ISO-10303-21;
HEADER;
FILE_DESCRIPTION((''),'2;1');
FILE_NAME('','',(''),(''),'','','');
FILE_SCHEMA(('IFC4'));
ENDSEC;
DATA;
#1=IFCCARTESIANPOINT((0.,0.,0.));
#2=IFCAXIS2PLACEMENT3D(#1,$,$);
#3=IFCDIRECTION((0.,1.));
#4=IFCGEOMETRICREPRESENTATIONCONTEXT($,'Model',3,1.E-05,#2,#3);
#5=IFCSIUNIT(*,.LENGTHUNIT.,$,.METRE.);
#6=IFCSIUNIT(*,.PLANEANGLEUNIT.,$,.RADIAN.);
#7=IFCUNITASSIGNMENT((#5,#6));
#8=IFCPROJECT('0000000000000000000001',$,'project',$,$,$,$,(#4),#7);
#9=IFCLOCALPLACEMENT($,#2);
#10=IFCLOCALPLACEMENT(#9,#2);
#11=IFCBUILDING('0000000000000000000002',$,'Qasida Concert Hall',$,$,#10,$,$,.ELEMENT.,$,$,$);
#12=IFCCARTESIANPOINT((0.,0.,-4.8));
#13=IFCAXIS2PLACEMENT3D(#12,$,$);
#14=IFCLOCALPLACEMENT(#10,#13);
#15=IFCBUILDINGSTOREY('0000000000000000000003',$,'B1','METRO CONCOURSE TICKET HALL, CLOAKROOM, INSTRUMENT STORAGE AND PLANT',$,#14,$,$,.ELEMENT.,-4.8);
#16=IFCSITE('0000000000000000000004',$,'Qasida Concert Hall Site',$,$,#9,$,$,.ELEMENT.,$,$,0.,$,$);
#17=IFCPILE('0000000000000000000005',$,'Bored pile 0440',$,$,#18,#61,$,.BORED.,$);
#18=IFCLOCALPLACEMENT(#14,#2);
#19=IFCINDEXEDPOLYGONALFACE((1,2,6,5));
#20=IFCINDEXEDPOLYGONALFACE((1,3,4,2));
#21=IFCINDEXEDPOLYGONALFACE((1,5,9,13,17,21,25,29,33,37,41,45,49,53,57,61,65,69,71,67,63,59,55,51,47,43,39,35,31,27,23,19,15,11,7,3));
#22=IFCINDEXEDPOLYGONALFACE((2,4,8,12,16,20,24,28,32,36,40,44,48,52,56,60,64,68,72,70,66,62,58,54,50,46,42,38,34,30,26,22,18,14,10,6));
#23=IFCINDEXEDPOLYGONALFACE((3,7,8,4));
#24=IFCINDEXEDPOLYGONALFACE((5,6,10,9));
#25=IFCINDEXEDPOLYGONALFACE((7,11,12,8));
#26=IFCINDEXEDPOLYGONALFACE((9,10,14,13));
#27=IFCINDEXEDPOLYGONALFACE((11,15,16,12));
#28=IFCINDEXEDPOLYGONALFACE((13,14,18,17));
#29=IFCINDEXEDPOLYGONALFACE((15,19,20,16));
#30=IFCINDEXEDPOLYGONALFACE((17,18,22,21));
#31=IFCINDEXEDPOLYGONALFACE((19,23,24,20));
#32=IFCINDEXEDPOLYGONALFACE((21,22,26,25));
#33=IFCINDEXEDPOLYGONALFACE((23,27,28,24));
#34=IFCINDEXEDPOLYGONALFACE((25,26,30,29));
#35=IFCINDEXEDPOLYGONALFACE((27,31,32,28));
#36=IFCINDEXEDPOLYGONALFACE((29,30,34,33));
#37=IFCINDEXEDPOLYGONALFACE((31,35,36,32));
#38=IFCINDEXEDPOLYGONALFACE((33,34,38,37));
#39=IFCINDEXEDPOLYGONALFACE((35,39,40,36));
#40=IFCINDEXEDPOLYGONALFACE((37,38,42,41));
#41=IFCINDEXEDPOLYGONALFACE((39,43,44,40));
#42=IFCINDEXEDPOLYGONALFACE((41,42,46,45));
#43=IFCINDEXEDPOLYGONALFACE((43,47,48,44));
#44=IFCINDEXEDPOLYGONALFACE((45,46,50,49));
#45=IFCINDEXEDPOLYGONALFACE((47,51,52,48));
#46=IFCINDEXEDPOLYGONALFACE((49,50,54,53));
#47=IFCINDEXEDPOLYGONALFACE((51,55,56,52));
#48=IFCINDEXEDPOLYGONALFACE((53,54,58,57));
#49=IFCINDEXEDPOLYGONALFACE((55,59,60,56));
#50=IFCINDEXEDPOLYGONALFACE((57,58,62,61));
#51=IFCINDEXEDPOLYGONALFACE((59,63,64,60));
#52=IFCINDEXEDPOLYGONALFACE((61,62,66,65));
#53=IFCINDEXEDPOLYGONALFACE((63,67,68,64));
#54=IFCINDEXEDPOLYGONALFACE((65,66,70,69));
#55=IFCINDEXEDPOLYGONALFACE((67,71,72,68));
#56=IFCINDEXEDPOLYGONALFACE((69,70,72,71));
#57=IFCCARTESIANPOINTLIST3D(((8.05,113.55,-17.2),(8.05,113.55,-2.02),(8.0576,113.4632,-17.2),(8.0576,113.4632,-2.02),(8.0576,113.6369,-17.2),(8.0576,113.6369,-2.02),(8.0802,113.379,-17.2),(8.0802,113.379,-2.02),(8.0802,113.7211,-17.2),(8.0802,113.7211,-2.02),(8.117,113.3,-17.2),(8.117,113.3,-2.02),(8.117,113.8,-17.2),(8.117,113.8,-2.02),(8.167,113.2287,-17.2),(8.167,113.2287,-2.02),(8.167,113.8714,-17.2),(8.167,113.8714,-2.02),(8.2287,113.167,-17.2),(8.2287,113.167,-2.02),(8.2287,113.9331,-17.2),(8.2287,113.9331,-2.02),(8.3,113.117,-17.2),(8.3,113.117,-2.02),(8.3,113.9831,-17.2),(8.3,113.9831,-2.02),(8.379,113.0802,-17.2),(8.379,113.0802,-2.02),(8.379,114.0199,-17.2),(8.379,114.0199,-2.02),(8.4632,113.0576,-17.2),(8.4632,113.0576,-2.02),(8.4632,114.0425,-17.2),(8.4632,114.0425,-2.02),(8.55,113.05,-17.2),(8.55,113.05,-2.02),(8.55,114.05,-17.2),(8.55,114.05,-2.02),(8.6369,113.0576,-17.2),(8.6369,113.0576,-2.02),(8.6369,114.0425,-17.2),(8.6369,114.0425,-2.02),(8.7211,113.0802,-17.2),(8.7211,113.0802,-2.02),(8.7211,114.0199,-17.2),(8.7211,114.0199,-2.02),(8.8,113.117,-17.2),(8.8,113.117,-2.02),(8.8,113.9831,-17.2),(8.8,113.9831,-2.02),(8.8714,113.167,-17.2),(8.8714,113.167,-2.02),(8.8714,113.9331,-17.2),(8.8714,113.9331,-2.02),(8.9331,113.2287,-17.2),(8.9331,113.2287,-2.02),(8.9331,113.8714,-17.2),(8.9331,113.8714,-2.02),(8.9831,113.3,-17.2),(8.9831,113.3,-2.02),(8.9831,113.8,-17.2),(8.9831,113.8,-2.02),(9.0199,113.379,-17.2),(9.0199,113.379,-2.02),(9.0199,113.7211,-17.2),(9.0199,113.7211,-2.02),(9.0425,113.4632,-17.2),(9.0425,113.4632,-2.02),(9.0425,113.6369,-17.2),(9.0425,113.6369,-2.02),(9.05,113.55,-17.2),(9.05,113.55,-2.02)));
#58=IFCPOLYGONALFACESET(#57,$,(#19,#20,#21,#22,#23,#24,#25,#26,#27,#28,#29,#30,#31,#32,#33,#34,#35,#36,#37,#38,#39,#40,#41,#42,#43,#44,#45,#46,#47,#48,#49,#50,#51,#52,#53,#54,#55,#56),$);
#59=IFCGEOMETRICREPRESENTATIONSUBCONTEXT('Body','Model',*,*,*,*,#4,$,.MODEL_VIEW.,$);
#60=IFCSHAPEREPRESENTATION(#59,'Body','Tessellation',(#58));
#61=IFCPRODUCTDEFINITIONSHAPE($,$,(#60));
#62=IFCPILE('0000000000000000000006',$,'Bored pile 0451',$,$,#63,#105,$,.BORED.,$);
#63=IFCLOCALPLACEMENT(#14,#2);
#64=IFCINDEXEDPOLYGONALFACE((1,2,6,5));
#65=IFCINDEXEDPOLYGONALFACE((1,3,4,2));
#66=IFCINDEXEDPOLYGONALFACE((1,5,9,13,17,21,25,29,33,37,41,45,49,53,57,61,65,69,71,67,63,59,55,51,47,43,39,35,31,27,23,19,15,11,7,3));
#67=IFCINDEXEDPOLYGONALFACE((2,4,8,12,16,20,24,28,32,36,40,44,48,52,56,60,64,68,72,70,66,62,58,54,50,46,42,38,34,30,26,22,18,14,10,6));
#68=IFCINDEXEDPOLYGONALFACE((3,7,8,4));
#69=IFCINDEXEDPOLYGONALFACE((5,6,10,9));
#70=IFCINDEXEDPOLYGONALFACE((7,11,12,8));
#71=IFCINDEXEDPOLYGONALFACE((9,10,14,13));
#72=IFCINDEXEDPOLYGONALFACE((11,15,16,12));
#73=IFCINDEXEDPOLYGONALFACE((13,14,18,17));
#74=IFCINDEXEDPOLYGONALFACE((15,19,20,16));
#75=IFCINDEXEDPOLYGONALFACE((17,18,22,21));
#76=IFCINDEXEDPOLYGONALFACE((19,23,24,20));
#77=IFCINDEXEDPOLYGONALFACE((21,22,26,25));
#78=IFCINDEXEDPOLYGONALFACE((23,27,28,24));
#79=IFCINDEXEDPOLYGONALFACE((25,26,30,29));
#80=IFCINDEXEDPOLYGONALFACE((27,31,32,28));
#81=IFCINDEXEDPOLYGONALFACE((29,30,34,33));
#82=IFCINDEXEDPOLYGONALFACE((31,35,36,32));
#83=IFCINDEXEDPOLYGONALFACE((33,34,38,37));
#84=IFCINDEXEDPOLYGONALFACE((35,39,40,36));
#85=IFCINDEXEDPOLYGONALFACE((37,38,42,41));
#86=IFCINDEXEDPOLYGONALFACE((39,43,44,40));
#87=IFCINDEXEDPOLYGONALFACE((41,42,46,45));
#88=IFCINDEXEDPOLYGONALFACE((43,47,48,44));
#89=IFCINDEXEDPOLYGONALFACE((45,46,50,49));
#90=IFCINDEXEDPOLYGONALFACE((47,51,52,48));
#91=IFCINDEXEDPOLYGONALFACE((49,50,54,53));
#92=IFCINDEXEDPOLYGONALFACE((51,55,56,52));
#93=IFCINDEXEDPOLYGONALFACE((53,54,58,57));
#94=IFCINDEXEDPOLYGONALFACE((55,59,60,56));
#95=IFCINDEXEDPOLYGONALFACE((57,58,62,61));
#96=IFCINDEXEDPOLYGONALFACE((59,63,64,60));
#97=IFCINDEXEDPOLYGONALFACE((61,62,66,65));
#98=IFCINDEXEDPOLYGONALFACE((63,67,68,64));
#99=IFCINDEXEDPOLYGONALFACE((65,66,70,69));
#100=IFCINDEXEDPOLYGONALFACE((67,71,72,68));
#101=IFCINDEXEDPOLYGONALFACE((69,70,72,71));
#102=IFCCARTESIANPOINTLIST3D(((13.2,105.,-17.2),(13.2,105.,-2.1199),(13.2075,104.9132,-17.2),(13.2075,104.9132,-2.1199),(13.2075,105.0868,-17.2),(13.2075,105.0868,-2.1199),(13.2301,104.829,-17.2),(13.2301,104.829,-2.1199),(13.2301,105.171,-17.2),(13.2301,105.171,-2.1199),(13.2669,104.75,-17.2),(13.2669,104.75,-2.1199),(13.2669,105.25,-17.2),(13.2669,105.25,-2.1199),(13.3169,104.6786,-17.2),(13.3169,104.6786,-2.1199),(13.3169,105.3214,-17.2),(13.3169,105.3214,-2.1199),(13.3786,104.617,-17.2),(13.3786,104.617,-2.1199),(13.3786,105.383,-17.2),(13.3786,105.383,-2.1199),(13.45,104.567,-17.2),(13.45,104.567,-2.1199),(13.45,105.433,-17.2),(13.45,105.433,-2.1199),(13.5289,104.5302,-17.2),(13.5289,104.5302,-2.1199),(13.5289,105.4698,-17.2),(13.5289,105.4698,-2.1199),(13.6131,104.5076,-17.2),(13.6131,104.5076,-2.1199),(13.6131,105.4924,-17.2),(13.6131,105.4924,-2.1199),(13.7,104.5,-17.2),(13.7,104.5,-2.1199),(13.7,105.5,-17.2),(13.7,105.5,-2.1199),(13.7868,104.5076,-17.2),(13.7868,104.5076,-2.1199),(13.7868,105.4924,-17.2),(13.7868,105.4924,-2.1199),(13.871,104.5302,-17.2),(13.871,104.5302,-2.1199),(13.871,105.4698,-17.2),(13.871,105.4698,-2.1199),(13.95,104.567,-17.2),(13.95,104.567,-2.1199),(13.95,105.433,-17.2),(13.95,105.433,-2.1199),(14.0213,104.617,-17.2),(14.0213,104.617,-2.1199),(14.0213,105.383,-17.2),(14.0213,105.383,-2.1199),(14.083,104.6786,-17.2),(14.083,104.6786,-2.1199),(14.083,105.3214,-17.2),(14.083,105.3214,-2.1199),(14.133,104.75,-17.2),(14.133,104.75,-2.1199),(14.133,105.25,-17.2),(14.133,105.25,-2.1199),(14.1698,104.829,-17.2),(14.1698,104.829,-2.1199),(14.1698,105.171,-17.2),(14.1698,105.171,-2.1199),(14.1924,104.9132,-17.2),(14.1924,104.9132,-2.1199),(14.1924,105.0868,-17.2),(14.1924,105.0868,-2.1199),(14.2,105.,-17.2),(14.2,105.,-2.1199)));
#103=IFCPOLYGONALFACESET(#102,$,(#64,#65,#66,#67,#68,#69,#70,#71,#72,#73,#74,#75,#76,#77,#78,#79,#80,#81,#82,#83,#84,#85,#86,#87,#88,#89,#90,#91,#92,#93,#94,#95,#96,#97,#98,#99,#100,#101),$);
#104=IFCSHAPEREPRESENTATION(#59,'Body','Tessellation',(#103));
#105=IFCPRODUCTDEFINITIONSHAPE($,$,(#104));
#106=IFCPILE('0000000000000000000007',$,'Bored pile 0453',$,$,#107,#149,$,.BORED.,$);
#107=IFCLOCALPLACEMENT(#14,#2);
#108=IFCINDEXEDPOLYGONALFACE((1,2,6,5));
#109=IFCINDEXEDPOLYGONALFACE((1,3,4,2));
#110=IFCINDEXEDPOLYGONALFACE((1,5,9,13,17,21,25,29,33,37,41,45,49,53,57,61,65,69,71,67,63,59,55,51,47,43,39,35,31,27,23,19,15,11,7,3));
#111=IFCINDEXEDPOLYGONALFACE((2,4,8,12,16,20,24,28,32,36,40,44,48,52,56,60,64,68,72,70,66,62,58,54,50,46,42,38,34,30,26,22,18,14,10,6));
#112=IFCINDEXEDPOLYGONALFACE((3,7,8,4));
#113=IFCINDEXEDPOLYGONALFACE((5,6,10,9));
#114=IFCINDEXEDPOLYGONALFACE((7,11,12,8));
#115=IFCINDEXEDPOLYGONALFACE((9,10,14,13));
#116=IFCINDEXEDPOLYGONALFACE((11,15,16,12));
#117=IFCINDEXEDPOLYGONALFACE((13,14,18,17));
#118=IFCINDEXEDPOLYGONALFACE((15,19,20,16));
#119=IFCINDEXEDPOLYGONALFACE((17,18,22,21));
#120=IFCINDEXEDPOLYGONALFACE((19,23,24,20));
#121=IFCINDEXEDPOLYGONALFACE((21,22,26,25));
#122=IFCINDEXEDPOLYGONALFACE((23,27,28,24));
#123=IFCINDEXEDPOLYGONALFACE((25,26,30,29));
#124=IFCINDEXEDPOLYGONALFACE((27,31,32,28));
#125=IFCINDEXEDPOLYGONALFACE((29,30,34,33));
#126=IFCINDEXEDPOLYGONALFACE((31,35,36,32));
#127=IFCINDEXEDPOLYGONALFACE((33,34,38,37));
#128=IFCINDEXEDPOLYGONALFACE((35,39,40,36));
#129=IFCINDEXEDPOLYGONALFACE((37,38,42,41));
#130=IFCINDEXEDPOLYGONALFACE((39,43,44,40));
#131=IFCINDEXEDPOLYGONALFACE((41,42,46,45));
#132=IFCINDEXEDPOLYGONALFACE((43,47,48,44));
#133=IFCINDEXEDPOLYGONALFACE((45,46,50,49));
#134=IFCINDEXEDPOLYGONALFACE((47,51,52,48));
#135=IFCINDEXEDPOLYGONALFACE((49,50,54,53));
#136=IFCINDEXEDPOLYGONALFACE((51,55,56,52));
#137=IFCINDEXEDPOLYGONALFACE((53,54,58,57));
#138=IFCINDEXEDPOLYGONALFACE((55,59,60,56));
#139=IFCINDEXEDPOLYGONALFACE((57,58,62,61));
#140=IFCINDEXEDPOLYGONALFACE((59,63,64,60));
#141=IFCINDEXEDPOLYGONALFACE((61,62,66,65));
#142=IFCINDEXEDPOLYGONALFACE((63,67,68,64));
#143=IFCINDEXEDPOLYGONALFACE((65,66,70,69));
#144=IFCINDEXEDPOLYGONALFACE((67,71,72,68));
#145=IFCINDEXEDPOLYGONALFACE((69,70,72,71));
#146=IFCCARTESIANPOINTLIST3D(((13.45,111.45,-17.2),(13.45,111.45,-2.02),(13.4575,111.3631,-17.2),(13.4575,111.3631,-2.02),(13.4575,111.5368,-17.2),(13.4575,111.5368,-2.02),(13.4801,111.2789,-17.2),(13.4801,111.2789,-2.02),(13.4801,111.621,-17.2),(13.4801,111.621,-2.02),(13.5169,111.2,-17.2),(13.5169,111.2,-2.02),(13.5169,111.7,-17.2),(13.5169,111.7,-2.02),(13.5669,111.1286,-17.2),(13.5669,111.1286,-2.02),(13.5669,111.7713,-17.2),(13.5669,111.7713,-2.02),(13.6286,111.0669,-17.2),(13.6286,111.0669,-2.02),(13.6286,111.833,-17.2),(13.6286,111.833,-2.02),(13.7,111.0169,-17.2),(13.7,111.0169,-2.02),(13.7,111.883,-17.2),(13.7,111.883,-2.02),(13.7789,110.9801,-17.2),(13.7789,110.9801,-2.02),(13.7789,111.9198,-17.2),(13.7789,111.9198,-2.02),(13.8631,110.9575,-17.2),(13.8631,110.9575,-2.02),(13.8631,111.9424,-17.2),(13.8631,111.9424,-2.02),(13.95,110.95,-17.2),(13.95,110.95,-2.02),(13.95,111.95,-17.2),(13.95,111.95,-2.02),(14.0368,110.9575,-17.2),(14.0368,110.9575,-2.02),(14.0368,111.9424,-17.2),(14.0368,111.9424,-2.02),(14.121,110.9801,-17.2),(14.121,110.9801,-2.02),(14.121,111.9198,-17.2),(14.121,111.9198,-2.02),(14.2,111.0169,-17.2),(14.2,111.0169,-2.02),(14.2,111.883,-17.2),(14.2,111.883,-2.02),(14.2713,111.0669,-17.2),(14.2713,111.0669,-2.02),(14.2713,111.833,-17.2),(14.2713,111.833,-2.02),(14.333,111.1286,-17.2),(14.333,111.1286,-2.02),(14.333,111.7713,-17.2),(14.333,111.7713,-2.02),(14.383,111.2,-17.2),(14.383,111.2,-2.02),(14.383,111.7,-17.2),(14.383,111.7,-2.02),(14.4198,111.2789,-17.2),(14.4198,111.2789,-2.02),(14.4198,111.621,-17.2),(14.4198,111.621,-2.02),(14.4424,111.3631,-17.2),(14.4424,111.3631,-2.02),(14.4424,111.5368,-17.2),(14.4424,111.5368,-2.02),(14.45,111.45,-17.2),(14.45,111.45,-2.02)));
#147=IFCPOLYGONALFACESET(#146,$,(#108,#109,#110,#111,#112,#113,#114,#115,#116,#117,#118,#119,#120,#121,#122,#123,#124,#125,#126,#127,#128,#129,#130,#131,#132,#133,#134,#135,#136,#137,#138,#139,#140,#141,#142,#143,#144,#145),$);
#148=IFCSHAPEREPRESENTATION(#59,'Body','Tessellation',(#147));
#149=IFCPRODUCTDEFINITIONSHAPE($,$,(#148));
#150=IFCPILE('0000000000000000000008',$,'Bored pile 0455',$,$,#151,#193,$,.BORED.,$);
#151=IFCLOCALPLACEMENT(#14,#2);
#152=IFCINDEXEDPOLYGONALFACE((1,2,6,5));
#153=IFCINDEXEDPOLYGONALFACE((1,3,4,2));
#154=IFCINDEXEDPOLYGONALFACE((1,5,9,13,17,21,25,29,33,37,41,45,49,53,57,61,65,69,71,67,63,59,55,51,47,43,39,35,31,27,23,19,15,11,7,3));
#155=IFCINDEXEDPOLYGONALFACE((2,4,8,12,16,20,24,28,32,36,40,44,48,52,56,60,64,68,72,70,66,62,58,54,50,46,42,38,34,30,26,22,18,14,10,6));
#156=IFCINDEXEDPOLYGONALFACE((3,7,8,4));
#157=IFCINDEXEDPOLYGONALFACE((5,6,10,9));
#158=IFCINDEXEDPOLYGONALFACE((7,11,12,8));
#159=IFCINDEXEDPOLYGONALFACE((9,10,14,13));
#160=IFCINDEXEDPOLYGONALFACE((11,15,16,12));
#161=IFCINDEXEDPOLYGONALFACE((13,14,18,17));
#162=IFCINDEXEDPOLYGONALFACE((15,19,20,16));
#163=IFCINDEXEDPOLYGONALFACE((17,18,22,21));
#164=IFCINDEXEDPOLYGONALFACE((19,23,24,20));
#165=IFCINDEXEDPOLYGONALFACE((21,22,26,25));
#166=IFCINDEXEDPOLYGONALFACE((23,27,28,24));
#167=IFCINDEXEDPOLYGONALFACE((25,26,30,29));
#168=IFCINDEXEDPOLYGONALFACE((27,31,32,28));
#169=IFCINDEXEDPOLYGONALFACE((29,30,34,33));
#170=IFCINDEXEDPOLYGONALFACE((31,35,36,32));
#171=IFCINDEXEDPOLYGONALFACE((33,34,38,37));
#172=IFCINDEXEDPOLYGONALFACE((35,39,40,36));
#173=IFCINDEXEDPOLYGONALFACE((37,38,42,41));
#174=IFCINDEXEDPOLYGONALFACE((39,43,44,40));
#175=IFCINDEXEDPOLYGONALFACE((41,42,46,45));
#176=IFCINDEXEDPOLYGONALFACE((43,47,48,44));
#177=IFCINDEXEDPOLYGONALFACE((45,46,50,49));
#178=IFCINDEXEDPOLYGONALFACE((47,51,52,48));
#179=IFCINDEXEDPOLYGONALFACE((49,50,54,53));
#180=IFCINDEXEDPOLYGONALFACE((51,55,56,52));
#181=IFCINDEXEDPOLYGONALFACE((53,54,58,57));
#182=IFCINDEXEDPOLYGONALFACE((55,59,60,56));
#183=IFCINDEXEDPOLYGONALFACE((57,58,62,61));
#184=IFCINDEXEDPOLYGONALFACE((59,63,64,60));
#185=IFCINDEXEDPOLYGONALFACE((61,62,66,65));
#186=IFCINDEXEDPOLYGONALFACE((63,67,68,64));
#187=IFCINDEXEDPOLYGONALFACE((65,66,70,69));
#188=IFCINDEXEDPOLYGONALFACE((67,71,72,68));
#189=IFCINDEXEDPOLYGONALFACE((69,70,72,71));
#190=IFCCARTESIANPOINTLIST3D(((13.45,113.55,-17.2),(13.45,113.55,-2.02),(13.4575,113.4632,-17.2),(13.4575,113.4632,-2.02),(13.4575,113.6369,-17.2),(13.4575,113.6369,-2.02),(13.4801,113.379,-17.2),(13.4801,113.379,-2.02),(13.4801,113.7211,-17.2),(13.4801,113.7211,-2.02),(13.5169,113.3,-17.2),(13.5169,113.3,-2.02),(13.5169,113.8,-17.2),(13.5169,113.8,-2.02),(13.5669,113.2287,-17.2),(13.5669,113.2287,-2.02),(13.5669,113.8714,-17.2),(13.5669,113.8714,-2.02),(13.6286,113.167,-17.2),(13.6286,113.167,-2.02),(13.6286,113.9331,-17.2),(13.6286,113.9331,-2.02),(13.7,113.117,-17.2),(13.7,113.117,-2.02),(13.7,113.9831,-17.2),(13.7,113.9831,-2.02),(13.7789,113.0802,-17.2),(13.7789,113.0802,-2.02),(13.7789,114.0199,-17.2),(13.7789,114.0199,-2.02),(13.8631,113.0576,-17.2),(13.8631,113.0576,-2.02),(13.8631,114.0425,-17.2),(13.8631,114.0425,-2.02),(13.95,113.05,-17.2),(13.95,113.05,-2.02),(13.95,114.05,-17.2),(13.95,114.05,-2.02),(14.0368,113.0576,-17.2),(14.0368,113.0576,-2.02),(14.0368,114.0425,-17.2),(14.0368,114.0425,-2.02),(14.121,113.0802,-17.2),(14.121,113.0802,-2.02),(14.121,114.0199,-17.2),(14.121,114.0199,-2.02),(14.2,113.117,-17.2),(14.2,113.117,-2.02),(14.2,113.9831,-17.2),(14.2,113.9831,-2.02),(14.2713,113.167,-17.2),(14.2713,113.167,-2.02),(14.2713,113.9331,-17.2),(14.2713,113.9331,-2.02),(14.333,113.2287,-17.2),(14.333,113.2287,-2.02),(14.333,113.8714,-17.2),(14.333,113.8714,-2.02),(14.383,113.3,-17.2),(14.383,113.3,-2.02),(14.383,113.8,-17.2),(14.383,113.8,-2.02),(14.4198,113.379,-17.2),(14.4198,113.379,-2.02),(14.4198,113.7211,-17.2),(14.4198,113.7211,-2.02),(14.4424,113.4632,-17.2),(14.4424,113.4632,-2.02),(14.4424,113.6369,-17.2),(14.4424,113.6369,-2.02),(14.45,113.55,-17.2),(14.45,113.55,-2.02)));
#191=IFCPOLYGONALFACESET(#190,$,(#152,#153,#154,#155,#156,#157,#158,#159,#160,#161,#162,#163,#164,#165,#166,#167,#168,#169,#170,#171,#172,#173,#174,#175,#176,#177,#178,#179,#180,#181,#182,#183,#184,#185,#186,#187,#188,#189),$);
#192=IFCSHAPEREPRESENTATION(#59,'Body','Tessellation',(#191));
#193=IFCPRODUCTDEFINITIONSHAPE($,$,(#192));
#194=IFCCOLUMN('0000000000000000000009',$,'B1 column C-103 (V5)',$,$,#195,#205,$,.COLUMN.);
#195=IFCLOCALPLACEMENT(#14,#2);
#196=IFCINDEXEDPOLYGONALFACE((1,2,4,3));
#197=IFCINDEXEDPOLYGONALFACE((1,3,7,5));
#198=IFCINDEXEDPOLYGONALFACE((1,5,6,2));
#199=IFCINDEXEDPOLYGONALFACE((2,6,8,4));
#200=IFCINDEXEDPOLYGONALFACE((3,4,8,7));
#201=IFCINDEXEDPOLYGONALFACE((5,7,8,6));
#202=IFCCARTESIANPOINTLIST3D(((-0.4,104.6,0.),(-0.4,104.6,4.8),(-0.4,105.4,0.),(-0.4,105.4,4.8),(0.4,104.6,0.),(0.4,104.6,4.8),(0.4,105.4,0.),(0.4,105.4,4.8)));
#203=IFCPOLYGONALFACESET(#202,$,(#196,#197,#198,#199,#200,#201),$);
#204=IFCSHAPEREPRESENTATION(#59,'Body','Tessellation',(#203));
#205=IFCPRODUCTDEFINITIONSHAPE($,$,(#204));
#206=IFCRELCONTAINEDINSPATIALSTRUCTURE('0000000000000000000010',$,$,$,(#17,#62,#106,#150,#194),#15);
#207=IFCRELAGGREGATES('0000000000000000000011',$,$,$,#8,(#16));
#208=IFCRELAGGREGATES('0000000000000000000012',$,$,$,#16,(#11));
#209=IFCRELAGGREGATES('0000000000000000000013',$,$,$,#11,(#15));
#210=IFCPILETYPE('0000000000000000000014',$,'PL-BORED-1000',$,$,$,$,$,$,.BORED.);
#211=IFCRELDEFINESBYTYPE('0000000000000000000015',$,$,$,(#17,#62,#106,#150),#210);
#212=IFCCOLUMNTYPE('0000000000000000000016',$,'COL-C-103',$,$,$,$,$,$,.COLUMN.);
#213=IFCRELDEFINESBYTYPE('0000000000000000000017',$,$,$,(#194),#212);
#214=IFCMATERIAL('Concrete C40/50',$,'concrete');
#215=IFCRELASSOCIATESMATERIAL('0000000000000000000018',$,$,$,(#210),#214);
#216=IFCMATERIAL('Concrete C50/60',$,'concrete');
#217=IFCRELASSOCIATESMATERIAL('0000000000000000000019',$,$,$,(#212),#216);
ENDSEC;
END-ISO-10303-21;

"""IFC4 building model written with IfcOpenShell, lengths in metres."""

from ifc_helpers import new_model, si_unit, direction, frame, origin, origin_2d, place, context, subcontext, project, spatial, rectangle, circle, extrude, material, material_profile, profile_set, type_object, element, save


model = new_model("IFC4")

# Units and contexts
model_context = context("Model", 3, precision=1e-05, world=origin(), true_north=direction((0.0, 1.0)))
body_context = subcontext(model_context, "Body", "Model", "MODEL_VIEW")
ifc_project = project(units=[si_unit("LENGTHUNIT", "METRE"), si_unit("PLANEANGLEUNIT", "RADIAN")], contexts=[model_context])

# Site, building, storey
site_placement = place(None, origin())
site = spatial("IfcSite", under=ifc_project, at=site_placement, Name="Qasida Concert Hall Site", CompositionType="ELEMENT", RefElevation=0.0)
building_placement = place(site_placement, origin())
building = spatial("IfcBuilding", under=site, at=building_placement, Name="Qasida Concert Hall", CompositionType="ELEMENT")
storey_placement = place(building_placement, frame((0.0, 0.0, -4.8)))
storey = spatial("IfcBuildingStorey", under=building, at=storey_placement, Name="B1", Description="METRO CONCOURSE TICKET HALL, CLOAKROOM, INSTRUMENT STORAGE AND PLANT", CompositionType="ELEMENT", Elevation=-4.8)

# Shared definitions
ifc_material_1 = material(Name="Concrete C40/50", Category="concrete")

# Piles
ifc_material_profile_1 = material_profile(ifc_material_1, circle(Radius=0.5, at=origin_2d()), Name="BORED PILE D1000")
ifc_profile_set_1 = profile_set([ifc_material_profile_1], Name="Concrete C40/50")
pile_type = type_object("IfcPileType", Name="PL-BORED-1000", PredefinedType="BORED", material=ifc_profile_set_1)
for number, where, z_axis, x_axis, name in (
    (1, (8.55, 113.55, -2.02), (0.0, 0.0, -1.0), (1.0, 0.0, 0.0), "Bored pile 0440"),
):
    element("IfcPile", number, at=place(storey_placement, frame(where, z_axis=z_axis, x_axis=x_axis)), inside=storey, type_object=pile_type, Name=name, PredefinedType="BORED", context=body_context, shape_type="SweptSolid", body=[
        extrude(circle(Radius=0.5, at=origin_2d()), origin(), (0.0, 0.0, 1.0), 15.1799),
    ])
pile_placement = place(storey_placement, frame((13.7, 105.0, -2.1199), z_axis=(0.0, 0.0, -1.0), x_axis=(1.0, 0.0, 0.0)))
element("IfcPile", 2, at=pile_placement, inside=storey, type_object=pile_type, Name="Bored pile 0451", PredefinedType="BORED", context=body_context, shape_type="SweptSolid", body=[
    extrude(circle(Radius=0.5, at=origin_2d()), origin(), (0.0, 0.0, 1.0), 15.0801),
])
for number, where, z_axis, x_axis, name in (
    (3, (13.95, 111.45, -2.02), (0.0, 0.0, -1.0), (1.0, 0.0, 0.0), "Bored pile 0453"),
    (4, (13.95, 113.55, -2.02), (0.0, 0.0, -1.0), (1.0, 0.0, 0.0), "Bored pile 0455"),
):
    element("IfcPile", number, at=place(storey_placement, frame(where, z_axis=z_axis, x_axis=x_axis)), inside=storey, type_object=pile_type, Name=name, PredefinedType="BORED", context=body_context, shape_type="SweptSolid", body=[
        extrude(circle(Radius=0.5, at=origin_2d()), origin(), (0.0, 0.0, 1.0), 15.1799),
    ])

# Column
ifc_material_2 = material(Name="Concrete C50/60", Category="concrete")
ifc_material_profile_2 = material_profile(ifc_material_2, rectangle(XDim=0.8, YDim=0.8, at=origin_2d()), Name="RC 800x800")
ifc_profile_set_2 = profile_set([ifc_material_profile_2], Name="Concrete C50/60")
column_type_1 = type_object("IfcColumnType", Name="COL-C-103", PredefinedType="COLUMN", material=ifc_profile_set_2)
for number, where, z_axis, x_axis, name in (
    (5, (0.0, 105.0, 0.0), (0.0, 0.0, 1.0), (1.0, 0.0, 0.0), "B1 column C-103 (V5)"),
):
    element("IfcColumn", number, at=place(storey_placement, frame(where, z_axis=z_axis, x_axis=x_axis)), inside=storey, type_object=column_type_1, Name=name, PredefinedType="COLUMN", context=body_context, shape_type="SweptSolid", body=[
        extrude(rectangle(XDim=0.8, YDim=0.8, at=origin_2d()), origin(), (0.0, 0.0, 1.0), 4.8),
    ])

save(model, "model.ifc")
